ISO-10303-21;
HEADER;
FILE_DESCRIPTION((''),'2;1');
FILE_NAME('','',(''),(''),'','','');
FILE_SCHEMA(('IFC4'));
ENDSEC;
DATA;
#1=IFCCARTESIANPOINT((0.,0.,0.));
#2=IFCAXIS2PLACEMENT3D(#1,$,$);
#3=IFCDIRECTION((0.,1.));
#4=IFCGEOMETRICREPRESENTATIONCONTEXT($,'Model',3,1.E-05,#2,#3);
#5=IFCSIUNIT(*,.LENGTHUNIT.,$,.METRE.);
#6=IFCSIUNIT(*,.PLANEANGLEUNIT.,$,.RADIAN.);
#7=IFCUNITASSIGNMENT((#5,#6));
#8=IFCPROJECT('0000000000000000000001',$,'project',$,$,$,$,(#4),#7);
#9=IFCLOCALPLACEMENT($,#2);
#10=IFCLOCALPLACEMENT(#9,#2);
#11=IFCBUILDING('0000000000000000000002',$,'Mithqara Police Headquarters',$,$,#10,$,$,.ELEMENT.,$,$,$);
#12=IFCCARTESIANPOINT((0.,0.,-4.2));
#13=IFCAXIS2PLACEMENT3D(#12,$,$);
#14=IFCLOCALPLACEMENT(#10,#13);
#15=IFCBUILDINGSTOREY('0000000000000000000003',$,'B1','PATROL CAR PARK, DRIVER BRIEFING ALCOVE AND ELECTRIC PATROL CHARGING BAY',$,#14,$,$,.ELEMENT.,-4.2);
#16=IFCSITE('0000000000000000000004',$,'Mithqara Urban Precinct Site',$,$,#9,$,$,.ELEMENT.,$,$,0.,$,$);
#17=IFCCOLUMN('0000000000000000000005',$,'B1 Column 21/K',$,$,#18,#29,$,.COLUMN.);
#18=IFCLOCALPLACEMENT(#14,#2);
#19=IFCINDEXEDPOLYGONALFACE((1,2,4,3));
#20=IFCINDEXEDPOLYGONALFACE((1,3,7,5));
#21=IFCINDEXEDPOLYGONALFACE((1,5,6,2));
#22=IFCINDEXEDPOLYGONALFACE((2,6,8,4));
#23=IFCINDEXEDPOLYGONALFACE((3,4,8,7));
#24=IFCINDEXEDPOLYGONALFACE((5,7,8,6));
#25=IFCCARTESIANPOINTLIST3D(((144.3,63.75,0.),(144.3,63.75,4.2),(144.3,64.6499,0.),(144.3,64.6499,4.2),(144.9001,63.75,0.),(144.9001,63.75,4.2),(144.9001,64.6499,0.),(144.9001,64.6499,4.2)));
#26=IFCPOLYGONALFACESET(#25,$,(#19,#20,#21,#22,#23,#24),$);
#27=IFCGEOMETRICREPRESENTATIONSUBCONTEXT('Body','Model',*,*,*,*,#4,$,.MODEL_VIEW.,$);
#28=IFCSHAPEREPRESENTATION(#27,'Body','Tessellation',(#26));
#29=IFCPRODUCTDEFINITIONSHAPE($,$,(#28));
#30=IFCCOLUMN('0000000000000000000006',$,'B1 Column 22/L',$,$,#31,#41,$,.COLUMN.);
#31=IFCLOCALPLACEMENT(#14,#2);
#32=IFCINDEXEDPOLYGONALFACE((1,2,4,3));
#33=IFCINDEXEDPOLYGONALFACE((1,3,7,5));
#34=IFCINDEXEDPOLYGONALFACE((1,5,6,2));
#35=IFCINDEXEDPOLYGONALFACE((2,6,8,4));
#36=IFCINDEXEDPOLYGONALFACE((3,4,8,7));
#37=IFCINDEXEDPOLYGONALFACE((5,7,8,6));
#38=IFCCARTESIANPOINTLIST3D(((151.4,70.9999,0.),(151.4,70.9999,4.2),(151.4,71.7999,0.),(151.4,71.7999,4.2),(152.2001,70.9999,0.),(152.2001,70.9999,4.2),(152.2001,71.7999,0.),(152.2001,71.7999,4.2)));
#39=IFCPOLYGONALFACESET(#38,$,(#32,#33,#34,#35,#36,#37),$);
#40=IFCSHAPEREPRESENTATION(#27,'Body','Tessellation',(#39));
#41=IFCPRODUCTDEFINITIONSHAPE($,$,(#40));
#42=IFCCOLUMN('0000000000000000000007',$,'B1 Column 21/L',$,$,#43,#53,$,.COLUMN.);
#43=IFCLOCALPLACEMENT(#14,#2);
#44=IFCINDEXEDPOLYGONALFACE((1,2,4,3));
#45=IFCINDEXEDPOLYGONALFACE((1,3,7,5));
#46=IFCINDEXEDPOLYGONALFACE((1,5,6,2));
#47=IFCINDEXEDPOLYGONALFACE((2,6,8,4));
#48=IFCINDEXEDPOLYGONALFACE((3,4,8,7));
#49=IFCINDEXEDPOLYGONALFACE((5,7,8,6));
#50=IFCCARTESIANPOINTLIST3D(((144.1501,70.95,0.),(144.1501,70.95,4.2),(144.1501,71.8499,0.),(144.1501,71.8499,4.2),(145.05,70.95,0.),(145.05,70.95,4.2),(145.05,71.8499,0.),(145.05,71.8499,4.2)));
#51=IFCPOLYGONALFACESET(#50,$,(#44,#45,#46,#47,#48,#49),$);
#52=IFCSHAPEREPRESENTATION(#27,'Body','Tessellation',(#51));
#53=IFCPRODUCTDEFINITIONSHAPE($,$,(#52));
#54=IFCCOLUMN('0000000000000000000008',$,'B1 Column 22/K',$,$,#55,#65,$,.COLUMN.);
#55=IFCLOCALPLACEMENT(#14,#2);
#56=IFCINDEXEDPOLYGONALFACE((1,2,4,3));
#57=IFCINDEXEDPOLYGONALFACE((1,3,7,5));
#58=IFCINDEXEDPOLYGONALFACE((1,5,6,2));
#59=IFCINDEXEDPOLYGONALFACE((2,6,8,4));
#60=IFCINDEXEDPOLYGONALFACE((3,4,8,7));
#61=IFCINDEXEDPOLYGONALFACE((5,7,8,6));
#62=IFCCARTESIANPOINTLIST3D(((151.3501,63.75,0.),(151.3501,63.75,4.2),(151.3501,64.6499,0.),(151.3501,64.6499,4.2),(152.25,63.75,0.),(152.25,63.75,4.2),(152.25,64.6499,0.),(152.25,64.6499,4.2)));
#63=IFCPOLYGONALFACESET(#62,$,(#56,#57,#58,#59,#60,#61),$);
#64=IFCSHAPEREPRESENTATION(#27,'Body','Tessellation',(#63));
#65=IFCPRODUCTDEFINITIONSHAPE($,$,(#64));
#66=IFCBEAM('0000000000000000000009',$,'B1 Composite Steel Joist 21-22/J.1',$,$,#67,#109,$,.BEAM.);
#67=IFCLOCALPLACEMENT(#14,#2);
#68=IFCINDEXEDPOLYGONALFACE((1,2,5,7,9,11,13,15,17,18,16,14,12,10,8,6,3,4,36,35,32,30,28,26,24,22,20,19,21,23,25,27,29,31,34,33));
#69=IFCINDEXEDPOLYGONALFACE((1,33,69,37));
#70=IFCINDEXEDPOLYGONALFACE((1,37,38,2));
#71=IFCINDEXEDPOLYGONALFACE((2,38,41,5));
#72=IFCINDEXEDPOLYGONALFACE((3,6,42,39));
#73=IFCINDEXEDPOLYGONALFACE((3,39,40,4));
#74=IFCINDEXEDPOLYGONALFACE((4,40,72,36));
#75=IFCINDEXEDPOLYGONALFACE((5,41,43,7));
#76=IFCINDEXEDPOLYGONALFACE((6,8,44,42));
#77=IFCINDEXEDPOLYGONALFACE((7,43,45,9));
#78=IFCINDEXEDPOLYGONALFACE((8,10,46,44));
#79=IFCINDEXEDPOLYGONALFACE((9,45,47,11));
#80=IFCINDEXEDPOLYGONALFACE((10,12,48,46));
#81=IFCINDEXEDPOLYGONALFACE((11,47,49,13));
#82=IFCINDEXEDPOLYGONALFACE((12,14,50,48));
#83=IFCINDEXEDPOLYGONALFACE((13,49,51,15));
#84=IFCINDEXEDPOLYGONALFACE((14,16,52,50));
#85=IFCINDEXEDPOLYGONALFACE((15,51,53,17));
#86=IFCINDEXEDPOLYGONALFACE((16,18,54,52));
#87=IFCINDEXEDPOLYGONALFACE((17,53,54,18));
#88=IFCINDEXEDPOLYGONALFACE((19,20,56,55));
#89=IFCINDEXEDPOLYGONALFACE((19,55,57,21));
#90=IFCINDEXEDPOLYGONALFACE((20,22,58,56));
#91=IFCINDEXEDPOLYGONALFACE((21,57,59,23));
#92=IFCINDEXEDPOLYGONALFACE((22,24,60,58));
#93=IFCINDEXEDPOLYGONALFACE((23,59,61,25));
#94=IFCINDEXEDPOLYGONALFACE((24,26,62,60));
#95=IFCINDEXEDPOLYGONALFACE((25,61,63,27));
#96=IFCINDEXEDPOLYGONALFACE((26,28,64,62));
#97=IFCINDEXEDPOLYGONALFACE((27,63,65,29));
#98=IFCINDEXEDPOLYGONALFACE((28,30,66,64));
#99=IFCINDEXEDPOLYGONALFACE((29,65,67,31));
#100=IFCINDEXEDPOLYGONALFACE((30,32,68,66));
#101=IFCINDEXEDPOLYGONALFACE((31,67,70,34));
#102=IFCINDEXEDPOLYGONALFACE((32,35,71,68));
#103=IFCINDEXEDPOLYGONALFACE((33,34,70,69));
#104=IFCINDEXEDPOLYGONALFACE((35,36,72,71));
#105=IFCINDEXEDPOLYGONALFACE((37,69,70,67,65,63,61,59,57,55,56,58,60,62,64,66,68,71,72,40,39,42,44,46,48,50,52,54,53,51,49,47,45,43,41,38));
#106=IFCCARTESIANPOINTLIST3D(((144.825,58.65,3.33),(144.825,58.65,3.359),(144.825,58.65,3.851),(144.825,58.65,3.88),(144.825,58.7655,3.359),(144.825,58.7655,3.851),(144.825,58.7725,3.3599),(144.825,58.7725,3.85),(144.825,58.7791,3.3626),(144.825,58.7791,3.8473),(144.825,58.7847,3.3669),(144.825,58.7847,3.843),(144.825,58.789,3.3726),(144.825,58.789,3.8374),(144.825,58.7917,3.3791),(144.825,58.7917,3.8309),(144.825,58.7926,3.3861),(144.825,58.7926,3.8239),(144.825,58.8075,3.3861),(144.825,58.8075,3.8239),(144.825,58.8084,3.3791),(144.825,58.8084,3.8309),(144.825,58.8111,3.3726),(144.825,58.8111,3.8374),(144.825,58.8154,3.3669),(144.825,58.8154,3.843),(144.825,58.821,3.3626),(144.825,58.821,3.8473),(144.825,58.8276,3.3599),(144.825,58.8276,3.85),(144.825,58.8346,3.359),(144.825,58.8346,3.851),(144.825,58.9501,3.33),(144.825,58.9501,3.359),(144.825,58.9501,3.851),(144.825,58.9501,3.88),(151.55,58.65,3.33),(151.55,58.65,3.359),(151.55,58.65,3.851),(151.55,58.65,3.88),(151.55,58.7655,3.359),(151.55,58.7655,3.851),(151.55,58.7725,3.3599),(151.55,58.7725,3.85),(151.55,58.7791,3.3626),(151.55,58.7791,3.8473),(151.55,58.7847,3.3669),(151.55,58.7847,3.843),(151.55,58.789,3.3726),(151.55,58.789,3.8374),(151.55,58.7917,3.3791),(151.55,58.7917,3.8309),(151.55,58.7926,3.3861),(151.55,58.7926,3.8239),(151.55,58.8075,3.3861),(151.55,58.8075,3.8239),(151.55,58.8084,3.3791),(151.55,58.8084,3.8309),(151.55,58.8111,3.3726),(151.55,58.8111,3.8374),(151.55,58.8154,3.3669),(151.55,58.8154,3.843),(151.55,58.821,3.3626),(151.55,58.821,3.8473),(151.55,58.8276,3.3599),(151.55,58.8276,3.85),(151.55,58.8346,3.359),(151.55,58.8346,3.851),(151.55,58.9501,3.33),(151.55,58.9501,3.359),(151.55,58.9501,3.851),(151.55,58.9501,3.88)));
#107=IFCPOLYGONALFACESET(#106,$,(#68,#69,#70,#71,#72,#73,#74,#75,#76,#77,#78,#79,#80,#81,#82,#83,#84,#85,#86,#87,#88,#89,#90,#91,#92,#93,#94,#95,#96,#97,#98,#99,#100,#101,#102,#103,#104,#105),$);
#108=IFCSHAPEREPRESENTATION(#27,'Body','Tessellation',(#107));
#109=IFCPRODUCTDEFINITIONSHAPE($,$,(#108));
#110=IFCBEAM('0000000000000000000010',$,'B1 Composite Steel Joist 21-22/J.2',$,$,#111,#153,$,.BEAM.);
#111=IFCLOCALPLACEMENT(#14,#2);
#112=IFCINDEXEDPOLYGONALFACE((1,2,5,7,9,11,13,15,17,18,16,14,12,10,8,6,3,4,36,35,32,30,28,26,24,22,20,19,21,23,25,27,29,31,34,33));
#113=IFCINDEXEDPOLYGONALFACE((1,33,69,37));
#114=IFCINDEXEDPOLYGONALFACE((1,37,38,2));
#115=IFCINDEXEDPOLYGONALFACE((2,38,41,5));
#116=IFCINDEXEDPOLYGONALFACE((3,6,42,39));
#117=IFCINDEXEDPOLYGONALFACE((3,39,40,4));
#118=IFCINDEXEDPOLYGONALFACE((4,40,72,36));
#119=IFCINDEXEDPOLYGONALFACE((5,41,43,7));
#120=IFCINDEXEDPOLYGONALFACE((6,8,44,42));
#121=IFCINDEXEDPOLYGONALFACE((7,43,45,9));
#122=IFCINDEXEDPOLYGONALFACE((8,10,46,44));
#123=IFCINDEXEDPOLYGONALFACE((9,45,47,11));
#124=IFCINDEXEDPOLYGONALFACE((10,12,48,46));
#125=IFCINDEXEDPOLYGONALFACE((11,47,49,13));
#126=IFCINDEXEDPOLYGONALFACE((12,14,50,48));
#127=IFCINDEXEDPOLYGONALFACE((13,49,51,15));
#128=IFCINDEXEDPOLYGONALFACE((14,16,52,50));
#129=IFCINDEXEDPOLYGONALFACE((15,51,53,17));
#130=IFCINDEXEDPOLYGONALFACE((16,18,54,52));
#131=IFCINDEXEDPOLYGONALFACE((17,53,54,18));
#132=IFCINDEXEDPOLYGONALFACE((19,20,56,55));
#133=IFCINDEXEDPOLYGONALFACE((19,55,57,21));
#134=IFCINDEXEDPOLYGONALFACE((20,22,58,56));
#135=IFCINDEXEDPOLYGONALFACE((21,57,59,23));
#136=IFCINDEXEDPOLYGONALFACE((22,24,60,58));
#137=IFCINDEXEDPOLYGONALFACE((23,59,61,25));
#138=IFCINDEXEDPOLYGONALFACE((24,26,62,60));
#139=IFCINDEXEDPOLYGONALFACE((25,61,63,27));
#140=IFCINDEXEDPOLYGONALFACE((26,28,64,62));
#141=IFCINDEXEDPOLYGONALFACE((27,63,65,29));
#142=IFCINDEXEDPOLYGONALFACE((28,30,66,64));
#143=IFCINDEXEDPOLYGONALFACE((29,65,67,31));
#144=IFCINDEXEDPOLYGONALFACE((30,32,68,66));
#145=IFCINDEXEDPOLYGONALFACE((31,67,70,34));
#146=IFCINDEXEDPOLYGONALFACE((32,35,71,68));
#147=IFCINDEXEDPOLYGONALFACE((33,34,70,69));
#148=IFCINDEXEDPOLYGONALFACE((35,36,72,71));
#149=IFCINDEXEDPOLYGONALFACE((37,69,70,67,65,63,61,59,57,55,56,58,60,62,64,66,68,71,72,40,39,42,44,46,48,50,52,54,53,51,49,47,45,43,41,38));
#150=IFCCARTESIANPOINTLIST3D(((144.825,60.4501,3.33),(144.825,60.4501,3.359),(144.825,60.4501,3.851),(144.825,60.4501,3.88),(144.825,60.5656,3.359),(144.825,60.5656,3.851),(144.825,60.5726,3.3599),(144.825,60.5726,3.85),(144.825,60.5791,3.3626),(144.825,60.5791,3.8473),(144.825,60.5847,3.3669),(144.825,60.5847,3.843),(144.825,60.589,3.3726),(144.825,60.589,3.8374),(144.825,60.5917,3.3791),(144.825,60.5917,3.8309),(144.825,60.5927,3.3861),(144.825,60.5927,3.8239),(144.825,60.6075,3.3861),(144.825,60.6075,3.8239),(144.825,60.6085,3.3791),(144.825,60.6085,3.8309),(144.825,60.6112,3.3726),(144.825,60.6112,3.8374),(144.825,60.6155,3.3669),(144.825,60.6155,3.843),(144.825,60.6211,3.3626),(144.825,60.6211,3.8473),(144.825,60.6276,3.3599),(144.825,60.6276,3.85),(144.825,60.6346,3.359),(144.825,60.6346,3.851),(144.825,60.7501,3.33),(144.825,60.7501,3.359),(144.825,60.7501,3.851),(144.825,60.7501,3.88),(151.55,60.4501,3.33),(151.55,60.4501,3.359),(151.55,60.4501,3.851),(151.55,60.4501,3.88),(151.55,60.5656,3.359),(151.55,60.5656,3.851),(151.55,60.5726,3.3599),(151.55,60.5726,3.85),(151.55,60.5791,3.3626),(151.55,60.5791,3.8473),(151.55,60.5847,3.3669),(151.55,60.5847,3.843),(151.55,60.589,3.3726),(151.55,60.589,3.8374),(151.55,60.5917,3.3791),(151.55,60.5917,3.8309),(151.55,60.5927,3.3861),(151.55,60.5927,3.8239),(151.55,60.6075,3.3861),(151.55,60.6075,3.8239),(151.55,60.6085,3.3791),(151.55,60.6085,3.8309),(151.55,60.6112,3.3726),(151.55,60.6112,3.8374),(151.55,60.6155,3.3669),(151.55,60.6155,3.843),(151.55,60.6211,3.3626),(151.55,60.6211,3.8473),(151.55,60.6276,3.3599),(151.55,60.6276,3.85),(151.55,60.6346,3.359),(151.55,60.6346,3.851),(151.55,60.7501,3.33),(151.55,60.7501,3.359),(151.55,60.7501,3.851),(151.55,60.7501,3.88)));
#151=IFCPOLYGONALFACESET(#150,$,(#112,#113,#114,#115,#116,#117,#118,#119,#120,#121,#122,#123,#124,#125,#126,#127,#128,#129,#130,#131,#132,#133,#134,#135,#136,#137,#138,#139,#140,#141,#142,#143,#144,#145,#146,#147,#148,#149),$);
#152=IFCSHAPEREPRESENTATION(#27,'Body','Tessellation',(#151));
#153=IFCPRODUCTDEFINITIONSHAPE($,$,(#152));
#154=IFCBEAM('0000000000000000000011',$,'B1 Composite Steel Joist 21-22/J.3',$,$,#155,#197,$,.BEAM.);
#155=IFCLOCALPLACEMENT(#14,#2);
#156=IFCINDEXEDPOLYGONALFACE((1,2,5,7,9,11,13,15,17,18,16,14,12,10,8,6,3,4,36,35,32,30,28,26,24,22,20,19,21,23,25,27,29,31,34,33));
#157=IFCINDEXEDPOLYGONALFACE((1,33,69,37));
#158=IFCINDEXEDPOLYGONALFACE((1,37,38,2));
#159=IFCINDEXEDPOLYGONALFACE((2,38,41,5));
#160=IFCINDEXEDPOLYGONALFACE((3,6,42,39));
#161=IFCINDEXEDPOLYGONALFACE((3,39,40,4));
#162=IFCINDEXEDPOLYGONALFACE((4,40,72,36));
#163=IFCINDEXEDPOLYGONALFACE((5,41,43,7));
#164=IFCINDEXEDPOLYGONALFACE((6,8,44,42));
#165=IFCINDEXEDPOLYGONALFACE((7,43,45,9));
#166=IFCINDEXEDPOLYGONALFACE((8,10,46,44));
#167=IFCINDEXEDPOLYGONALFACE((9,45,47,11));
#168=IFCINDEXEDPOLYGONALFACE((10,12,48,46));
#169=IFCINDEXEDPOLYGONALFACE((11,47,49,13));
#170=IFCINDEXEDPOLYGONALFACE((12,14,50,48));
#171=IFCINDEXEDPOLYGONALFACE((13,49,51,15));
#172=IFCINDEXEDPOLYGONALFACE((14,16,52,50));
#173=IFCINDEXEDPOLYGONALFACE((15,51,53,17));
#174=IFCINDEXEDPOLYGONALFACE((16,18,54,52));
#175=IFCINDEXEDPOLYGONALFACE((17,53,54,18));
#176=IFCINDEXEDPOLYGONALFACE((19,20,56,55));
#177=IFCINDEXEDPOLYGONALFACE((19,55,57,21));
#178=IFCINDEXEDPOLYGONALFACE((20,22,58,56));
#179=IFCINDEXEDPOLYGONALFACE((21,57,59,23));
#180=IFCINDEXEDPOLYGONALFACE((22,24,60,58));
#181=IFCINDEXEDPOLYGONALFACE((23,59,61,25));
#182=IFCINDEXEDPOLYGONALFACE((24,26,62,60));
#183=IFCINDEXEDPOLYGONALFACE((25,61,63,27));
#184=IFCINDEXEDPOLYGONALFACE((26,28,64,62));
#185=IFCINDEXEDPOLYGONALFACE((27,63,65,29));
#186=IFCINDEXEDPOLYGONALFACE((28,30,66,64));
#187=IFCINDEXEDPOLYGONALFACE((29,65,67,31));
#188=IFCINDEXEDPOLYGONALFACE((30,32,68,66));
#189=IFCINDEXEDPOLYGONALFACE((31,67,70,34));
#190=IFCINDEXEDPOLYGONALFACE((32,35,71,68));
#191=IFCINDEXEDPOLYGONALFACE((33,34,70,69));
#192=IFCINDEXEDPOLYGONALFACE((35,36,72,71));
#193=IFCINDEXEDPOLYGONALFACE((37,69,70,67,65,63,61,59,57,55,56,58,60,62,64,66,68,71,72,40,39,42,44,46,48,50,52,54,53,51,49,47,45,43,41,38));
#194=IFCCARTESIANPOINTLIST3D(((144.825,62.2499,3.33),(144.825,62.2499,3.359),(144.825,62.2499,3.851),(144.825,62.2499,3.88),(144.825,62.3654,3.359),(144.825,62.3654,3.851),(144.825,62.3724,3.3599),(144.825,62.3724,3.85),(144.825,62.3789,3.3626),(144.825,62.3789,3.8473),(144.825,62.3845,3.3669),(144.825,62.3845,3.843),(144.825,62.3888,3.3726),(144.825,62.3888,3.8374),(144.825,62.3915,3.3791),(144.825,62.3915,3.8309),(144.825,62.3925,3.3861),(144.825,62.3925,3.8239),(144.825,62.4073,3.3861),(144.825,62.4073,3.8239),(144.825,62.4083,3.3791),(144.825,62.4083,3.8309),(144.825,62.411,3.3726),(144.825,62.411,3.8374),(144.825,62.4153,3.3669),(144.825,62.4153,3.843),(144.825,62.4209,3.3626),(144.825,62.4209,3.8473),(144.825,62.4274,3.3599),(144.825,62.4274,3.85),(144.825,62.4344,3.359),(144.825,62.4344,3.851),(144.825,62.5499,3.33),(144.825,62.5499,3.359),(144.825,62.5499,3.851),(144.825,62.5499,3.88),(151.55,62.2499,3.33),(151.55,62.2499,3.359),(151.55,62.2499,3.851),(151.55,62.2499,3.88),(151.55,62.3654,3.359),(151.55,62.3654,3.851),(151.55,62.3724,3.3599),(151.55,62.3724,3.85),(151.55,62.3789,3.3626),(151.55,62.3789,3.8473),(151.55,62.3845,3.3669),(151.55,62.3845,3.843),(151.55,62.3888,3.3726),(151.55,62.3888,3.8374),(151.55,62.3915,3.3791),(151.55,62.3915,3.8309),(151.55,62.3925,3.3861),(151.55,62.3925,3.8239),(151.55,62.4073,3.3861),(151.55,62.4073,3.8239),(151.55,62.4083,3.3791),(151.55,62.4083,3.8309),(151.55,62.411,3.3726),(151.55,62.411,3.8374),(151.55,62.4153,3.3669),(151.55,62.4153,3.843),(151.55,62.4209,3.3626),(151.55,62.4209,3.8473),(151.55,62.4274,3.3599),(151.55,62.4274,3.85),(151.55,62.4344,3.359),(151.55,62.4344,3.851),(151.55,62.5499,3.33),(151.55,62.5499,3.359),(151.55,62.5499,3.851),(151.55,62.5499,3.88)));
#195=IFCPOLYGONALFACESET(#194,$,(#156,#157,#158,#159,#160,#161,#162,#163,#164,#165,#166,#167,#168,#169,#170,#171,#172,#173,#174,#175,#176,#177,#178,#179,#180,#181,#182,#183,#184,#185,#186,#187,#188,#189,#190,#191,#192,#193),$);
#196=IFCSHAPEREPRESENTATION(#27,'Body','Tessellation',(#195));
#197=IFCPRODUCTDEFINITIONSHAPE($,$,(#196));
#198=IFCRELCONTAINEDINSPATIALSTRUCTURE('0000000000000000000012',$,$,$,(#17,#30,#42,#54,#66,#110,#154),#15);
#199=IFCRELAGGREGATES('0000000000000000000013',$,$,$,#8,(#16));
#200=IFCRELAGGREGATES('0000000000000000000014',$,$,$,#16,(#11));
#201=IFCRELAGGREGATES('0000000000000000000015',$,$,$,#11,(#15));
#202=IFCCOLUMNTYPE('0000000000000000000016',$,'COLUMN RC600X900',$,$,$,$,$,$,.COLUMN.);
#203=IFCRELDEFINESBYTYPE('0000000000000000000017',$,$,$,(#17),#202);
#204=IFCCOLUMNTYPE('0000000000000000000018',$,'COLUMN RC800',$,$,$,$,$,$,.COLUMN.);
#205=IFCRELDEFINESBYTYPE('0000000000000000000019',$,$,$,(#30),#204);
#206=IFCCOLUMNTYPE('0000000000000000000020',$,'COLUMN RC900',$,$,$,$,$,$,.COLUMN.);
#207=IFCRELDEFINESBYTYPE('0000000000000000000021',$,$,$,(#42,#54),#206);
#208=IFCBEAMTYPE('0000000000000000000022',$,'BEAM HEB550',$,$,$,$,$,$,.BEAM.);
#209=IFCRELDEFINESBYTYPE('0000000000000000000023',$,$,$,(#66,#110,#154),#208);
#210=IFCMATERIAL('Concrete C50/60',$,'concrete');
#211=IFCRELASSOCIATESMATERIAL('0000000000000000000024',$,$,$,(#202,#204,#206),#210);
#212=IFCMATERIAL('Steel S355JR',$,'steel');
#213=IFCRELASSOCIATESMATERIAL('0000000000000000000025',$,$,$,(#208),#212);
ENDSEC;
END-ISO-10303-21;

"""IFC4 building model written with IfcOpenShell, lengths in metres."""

from ifc_helpers import new_model, si_unit, direction, frame, origin, origin_2d, place, context, subcontext, project, spatial, rectangle, i_section, extrude, material, material_profile, profile_set, type_object, element, save


model = new_model("IFC4")

# Units and contexts
model_context = context("Model", 3, precision=1e-05, world=origin(), true_north=direction((0.0, 1.0)))
body_context = subcontext(model_context, "Body", "Model", "MODEL_VIEW")
ifc_project = project(units=[si_unit("LENGTHUNIT", "METRE"), si_unit("PLANEANGLEUNIT", "RADIAN")], contexts=[model_context])

# Site, building, storey
site_placement = place(None, origin())
site = spatial("IfcSite", under=ifc_project, at=site_placement, Name="Mithqara Urban Precinct Site", CompositionType="ELEMENT", RefElevation=0.0)
building_placement = place(site_placement, origin())
building = spatial("IfcBuilding", under=site, at=building_placement, Name="Mithqara Police Headquarters", CompositionType="ELEMENT")
storey_placement = place(building_placement, frame((0.0, 0.0, -4.2)))
storey = spatial("IfcBuildingStorey", under=building, at=storey_placement, Name="B1", Description="PATROL CAR PARK, DRIVER BRIEFING ALCOVE AND ELECTRIC PATROL CHARGING BAY", CompositionType="ELEMENT", Elevation=-4.2)

# Columns
ifc_material_1 = material(Name="Concrete C50/60", Category="concrete")
ifc_material_profile_1 = material_profile(ifc_material_1, rectangle(XDim=0.6001, YDim=0.8999, at=origin_2d()), Name="RC 600x900")
ifc_profile_set_1 = profile_set([ifc_material_profile_1], Name="Concrete C50/60")
column_type_1 = type_object("IfcColumnType", Name="COLUMN RC600X900", PredefinedType="COLUMN", material=ifc_profile_set_1)
column_1_placement = place(storey_placement, frame((144.6001, 64.2, 0.0), z_axis=(0.0, 0.0, 1.0), x_axis=(1.0, 0.0, 0.0)))
element("IfcColumn", 1, at=column_1_placement, inside=storey, type_object=column_type_1, Name="B1 Column 21/K", PredefinedType="COLUMN", context=body_context, shape_type="SweptSolid", body=[
    extrude(rectangle(XDim=0.6001, YDim=0.8999, at=origin_2d()), origin(), (0.0, 0.0, 1.0), 4.2),
])
ifc_material_profile_2 = material_profile(ifc_material_1, rectangle(XDim=0.8, YDim=0.8, at=origin_2d()), Name="RC 800x800")
ifc_profile_set_2 = profile_set([ifc_material_profile_2], Name="Concrete C50/60")
column_type_2 = type_object("IfcColumnType", Name="COLUMN RC800", PredefinedType="COLUMN", material=ifc_profile_set_2)
column_2_placement = place(storey_placement, frame((151.8, 71.3999, 0.0), z_axis=(0.0, 0.0, 1.0), x_axis=(1.0, 0.0, 0.0)))
element("IfcColumn", 2, at=column_2_placement, inside=storey, type_object=column_type_2, Name="B1 Column 22/L", PredefinedType="COLUMN", context=body_context, shape_type="SweptSolid", body=[
    extrude(rectangle(XDim=0.8, YDim=0.8, at=origin_2d()), origin(), (0.0, 0.0, 1.0), 4.2),
])
ifc_material_profile_3 = material_profile(ifc_material_1, rectangle(XDim=0.8999, YDim=0.8999, at=origin_2d()), Name="RC 900x900")
ifc_profile_set_3 = profile_set([ifc_material_profile_3], Name="Concrete C50/60")
column_type_3 = type_object("IfcColumnType", Name="COLUMN RC900", PredefinedType="COLUMN", material=ifc_profile_set_3)
for number, where, z_axis, x_axis, name in (
    (3, (144.6001, 71.3999, 0.0), (0.0, 0.0, 1.0), (1.0, 0.0, 0.0), "B1 Column 21/L"),
    (4, (151.8, 64.2, 0.0), (0.0, 0.0, 1.0), (1.0, 0.0, 0.0), "B1 Column 22/K"),
):
    element("IfcColumn", number, at=place(storey_placement, frame(where, z_axis=z_axis, x_axis=x_axis)), inside=storey, type_object=column_type_3, Name=name, PredefinedType="COLUMN", context=body_context, shape_type="SweptSolid", body=[
        extrude(rectangle(XDim=0.8999, YDim=0.8999, at=origin_2d()), origin(), (0.0, 0.0, 1.0), 4.2),
    ])

# Beams
ifc_material_2 = material(Name="Steel S355JR", Category="steel")
ifc_material_profile_4 = material_profile(ifc_material_2, i_section(OverallWidth=0.3, OverallDepth=0.55, WebThickness=0.0149, FlangeThickness=0.0291, FilletRadius=0.0271, at=origin_2d()), Name="HEB 550")
ifc_profile_set_4 = profile_set([ifc_material_profile_4], Name="Steel S355JR")
beam_type_1 = type_object("IfcBeamType", Name="BEAM HEB550", PredefinedType="BEAM", material=ifc_profile_set_4)
for number, where, z_axis, x_axis, name in (
    (5, (144.825, 58.8, 3.605), (1.0, 0.0, 0.0), (0.0, 1.0, 0.0), "B1 Composite Steel Joist 21-22/J.1"),
    (6, (144.825, 60.6001, 3.605), (1.0, 0.0, 0.0), (0.0, 1.0, 0.0), "B1 Composite Steel Joist 21-22/J.2"),
    (7, (144.825, 62.3999, 3.605), (1.0, 0.0, 0.0), (0.0, 1.0, 0.0), "B1 Composite Steel Joist 21-22/J.3"),
):
    element("IfcBeam", number, at=place(storey_placement, frame(where, z_axis=z_axis, x_axis=x_axis)), inside=storey, type_object=beam_type_1, Name=name, PredefinedType="BEAM", context=body_context, shape_type="SweptSolid", body=[
        extrude(i_section(OverallWidth=0.3, OverallDepth=0.55, WebThickness=0.0149, FlangeThickness=0.0291, FilletRadius=0.0271, at=origin_2d()), origin(), (0.0, 0.0, 1.0), 6.7251),
    ])

save(model, "model.ifc")
